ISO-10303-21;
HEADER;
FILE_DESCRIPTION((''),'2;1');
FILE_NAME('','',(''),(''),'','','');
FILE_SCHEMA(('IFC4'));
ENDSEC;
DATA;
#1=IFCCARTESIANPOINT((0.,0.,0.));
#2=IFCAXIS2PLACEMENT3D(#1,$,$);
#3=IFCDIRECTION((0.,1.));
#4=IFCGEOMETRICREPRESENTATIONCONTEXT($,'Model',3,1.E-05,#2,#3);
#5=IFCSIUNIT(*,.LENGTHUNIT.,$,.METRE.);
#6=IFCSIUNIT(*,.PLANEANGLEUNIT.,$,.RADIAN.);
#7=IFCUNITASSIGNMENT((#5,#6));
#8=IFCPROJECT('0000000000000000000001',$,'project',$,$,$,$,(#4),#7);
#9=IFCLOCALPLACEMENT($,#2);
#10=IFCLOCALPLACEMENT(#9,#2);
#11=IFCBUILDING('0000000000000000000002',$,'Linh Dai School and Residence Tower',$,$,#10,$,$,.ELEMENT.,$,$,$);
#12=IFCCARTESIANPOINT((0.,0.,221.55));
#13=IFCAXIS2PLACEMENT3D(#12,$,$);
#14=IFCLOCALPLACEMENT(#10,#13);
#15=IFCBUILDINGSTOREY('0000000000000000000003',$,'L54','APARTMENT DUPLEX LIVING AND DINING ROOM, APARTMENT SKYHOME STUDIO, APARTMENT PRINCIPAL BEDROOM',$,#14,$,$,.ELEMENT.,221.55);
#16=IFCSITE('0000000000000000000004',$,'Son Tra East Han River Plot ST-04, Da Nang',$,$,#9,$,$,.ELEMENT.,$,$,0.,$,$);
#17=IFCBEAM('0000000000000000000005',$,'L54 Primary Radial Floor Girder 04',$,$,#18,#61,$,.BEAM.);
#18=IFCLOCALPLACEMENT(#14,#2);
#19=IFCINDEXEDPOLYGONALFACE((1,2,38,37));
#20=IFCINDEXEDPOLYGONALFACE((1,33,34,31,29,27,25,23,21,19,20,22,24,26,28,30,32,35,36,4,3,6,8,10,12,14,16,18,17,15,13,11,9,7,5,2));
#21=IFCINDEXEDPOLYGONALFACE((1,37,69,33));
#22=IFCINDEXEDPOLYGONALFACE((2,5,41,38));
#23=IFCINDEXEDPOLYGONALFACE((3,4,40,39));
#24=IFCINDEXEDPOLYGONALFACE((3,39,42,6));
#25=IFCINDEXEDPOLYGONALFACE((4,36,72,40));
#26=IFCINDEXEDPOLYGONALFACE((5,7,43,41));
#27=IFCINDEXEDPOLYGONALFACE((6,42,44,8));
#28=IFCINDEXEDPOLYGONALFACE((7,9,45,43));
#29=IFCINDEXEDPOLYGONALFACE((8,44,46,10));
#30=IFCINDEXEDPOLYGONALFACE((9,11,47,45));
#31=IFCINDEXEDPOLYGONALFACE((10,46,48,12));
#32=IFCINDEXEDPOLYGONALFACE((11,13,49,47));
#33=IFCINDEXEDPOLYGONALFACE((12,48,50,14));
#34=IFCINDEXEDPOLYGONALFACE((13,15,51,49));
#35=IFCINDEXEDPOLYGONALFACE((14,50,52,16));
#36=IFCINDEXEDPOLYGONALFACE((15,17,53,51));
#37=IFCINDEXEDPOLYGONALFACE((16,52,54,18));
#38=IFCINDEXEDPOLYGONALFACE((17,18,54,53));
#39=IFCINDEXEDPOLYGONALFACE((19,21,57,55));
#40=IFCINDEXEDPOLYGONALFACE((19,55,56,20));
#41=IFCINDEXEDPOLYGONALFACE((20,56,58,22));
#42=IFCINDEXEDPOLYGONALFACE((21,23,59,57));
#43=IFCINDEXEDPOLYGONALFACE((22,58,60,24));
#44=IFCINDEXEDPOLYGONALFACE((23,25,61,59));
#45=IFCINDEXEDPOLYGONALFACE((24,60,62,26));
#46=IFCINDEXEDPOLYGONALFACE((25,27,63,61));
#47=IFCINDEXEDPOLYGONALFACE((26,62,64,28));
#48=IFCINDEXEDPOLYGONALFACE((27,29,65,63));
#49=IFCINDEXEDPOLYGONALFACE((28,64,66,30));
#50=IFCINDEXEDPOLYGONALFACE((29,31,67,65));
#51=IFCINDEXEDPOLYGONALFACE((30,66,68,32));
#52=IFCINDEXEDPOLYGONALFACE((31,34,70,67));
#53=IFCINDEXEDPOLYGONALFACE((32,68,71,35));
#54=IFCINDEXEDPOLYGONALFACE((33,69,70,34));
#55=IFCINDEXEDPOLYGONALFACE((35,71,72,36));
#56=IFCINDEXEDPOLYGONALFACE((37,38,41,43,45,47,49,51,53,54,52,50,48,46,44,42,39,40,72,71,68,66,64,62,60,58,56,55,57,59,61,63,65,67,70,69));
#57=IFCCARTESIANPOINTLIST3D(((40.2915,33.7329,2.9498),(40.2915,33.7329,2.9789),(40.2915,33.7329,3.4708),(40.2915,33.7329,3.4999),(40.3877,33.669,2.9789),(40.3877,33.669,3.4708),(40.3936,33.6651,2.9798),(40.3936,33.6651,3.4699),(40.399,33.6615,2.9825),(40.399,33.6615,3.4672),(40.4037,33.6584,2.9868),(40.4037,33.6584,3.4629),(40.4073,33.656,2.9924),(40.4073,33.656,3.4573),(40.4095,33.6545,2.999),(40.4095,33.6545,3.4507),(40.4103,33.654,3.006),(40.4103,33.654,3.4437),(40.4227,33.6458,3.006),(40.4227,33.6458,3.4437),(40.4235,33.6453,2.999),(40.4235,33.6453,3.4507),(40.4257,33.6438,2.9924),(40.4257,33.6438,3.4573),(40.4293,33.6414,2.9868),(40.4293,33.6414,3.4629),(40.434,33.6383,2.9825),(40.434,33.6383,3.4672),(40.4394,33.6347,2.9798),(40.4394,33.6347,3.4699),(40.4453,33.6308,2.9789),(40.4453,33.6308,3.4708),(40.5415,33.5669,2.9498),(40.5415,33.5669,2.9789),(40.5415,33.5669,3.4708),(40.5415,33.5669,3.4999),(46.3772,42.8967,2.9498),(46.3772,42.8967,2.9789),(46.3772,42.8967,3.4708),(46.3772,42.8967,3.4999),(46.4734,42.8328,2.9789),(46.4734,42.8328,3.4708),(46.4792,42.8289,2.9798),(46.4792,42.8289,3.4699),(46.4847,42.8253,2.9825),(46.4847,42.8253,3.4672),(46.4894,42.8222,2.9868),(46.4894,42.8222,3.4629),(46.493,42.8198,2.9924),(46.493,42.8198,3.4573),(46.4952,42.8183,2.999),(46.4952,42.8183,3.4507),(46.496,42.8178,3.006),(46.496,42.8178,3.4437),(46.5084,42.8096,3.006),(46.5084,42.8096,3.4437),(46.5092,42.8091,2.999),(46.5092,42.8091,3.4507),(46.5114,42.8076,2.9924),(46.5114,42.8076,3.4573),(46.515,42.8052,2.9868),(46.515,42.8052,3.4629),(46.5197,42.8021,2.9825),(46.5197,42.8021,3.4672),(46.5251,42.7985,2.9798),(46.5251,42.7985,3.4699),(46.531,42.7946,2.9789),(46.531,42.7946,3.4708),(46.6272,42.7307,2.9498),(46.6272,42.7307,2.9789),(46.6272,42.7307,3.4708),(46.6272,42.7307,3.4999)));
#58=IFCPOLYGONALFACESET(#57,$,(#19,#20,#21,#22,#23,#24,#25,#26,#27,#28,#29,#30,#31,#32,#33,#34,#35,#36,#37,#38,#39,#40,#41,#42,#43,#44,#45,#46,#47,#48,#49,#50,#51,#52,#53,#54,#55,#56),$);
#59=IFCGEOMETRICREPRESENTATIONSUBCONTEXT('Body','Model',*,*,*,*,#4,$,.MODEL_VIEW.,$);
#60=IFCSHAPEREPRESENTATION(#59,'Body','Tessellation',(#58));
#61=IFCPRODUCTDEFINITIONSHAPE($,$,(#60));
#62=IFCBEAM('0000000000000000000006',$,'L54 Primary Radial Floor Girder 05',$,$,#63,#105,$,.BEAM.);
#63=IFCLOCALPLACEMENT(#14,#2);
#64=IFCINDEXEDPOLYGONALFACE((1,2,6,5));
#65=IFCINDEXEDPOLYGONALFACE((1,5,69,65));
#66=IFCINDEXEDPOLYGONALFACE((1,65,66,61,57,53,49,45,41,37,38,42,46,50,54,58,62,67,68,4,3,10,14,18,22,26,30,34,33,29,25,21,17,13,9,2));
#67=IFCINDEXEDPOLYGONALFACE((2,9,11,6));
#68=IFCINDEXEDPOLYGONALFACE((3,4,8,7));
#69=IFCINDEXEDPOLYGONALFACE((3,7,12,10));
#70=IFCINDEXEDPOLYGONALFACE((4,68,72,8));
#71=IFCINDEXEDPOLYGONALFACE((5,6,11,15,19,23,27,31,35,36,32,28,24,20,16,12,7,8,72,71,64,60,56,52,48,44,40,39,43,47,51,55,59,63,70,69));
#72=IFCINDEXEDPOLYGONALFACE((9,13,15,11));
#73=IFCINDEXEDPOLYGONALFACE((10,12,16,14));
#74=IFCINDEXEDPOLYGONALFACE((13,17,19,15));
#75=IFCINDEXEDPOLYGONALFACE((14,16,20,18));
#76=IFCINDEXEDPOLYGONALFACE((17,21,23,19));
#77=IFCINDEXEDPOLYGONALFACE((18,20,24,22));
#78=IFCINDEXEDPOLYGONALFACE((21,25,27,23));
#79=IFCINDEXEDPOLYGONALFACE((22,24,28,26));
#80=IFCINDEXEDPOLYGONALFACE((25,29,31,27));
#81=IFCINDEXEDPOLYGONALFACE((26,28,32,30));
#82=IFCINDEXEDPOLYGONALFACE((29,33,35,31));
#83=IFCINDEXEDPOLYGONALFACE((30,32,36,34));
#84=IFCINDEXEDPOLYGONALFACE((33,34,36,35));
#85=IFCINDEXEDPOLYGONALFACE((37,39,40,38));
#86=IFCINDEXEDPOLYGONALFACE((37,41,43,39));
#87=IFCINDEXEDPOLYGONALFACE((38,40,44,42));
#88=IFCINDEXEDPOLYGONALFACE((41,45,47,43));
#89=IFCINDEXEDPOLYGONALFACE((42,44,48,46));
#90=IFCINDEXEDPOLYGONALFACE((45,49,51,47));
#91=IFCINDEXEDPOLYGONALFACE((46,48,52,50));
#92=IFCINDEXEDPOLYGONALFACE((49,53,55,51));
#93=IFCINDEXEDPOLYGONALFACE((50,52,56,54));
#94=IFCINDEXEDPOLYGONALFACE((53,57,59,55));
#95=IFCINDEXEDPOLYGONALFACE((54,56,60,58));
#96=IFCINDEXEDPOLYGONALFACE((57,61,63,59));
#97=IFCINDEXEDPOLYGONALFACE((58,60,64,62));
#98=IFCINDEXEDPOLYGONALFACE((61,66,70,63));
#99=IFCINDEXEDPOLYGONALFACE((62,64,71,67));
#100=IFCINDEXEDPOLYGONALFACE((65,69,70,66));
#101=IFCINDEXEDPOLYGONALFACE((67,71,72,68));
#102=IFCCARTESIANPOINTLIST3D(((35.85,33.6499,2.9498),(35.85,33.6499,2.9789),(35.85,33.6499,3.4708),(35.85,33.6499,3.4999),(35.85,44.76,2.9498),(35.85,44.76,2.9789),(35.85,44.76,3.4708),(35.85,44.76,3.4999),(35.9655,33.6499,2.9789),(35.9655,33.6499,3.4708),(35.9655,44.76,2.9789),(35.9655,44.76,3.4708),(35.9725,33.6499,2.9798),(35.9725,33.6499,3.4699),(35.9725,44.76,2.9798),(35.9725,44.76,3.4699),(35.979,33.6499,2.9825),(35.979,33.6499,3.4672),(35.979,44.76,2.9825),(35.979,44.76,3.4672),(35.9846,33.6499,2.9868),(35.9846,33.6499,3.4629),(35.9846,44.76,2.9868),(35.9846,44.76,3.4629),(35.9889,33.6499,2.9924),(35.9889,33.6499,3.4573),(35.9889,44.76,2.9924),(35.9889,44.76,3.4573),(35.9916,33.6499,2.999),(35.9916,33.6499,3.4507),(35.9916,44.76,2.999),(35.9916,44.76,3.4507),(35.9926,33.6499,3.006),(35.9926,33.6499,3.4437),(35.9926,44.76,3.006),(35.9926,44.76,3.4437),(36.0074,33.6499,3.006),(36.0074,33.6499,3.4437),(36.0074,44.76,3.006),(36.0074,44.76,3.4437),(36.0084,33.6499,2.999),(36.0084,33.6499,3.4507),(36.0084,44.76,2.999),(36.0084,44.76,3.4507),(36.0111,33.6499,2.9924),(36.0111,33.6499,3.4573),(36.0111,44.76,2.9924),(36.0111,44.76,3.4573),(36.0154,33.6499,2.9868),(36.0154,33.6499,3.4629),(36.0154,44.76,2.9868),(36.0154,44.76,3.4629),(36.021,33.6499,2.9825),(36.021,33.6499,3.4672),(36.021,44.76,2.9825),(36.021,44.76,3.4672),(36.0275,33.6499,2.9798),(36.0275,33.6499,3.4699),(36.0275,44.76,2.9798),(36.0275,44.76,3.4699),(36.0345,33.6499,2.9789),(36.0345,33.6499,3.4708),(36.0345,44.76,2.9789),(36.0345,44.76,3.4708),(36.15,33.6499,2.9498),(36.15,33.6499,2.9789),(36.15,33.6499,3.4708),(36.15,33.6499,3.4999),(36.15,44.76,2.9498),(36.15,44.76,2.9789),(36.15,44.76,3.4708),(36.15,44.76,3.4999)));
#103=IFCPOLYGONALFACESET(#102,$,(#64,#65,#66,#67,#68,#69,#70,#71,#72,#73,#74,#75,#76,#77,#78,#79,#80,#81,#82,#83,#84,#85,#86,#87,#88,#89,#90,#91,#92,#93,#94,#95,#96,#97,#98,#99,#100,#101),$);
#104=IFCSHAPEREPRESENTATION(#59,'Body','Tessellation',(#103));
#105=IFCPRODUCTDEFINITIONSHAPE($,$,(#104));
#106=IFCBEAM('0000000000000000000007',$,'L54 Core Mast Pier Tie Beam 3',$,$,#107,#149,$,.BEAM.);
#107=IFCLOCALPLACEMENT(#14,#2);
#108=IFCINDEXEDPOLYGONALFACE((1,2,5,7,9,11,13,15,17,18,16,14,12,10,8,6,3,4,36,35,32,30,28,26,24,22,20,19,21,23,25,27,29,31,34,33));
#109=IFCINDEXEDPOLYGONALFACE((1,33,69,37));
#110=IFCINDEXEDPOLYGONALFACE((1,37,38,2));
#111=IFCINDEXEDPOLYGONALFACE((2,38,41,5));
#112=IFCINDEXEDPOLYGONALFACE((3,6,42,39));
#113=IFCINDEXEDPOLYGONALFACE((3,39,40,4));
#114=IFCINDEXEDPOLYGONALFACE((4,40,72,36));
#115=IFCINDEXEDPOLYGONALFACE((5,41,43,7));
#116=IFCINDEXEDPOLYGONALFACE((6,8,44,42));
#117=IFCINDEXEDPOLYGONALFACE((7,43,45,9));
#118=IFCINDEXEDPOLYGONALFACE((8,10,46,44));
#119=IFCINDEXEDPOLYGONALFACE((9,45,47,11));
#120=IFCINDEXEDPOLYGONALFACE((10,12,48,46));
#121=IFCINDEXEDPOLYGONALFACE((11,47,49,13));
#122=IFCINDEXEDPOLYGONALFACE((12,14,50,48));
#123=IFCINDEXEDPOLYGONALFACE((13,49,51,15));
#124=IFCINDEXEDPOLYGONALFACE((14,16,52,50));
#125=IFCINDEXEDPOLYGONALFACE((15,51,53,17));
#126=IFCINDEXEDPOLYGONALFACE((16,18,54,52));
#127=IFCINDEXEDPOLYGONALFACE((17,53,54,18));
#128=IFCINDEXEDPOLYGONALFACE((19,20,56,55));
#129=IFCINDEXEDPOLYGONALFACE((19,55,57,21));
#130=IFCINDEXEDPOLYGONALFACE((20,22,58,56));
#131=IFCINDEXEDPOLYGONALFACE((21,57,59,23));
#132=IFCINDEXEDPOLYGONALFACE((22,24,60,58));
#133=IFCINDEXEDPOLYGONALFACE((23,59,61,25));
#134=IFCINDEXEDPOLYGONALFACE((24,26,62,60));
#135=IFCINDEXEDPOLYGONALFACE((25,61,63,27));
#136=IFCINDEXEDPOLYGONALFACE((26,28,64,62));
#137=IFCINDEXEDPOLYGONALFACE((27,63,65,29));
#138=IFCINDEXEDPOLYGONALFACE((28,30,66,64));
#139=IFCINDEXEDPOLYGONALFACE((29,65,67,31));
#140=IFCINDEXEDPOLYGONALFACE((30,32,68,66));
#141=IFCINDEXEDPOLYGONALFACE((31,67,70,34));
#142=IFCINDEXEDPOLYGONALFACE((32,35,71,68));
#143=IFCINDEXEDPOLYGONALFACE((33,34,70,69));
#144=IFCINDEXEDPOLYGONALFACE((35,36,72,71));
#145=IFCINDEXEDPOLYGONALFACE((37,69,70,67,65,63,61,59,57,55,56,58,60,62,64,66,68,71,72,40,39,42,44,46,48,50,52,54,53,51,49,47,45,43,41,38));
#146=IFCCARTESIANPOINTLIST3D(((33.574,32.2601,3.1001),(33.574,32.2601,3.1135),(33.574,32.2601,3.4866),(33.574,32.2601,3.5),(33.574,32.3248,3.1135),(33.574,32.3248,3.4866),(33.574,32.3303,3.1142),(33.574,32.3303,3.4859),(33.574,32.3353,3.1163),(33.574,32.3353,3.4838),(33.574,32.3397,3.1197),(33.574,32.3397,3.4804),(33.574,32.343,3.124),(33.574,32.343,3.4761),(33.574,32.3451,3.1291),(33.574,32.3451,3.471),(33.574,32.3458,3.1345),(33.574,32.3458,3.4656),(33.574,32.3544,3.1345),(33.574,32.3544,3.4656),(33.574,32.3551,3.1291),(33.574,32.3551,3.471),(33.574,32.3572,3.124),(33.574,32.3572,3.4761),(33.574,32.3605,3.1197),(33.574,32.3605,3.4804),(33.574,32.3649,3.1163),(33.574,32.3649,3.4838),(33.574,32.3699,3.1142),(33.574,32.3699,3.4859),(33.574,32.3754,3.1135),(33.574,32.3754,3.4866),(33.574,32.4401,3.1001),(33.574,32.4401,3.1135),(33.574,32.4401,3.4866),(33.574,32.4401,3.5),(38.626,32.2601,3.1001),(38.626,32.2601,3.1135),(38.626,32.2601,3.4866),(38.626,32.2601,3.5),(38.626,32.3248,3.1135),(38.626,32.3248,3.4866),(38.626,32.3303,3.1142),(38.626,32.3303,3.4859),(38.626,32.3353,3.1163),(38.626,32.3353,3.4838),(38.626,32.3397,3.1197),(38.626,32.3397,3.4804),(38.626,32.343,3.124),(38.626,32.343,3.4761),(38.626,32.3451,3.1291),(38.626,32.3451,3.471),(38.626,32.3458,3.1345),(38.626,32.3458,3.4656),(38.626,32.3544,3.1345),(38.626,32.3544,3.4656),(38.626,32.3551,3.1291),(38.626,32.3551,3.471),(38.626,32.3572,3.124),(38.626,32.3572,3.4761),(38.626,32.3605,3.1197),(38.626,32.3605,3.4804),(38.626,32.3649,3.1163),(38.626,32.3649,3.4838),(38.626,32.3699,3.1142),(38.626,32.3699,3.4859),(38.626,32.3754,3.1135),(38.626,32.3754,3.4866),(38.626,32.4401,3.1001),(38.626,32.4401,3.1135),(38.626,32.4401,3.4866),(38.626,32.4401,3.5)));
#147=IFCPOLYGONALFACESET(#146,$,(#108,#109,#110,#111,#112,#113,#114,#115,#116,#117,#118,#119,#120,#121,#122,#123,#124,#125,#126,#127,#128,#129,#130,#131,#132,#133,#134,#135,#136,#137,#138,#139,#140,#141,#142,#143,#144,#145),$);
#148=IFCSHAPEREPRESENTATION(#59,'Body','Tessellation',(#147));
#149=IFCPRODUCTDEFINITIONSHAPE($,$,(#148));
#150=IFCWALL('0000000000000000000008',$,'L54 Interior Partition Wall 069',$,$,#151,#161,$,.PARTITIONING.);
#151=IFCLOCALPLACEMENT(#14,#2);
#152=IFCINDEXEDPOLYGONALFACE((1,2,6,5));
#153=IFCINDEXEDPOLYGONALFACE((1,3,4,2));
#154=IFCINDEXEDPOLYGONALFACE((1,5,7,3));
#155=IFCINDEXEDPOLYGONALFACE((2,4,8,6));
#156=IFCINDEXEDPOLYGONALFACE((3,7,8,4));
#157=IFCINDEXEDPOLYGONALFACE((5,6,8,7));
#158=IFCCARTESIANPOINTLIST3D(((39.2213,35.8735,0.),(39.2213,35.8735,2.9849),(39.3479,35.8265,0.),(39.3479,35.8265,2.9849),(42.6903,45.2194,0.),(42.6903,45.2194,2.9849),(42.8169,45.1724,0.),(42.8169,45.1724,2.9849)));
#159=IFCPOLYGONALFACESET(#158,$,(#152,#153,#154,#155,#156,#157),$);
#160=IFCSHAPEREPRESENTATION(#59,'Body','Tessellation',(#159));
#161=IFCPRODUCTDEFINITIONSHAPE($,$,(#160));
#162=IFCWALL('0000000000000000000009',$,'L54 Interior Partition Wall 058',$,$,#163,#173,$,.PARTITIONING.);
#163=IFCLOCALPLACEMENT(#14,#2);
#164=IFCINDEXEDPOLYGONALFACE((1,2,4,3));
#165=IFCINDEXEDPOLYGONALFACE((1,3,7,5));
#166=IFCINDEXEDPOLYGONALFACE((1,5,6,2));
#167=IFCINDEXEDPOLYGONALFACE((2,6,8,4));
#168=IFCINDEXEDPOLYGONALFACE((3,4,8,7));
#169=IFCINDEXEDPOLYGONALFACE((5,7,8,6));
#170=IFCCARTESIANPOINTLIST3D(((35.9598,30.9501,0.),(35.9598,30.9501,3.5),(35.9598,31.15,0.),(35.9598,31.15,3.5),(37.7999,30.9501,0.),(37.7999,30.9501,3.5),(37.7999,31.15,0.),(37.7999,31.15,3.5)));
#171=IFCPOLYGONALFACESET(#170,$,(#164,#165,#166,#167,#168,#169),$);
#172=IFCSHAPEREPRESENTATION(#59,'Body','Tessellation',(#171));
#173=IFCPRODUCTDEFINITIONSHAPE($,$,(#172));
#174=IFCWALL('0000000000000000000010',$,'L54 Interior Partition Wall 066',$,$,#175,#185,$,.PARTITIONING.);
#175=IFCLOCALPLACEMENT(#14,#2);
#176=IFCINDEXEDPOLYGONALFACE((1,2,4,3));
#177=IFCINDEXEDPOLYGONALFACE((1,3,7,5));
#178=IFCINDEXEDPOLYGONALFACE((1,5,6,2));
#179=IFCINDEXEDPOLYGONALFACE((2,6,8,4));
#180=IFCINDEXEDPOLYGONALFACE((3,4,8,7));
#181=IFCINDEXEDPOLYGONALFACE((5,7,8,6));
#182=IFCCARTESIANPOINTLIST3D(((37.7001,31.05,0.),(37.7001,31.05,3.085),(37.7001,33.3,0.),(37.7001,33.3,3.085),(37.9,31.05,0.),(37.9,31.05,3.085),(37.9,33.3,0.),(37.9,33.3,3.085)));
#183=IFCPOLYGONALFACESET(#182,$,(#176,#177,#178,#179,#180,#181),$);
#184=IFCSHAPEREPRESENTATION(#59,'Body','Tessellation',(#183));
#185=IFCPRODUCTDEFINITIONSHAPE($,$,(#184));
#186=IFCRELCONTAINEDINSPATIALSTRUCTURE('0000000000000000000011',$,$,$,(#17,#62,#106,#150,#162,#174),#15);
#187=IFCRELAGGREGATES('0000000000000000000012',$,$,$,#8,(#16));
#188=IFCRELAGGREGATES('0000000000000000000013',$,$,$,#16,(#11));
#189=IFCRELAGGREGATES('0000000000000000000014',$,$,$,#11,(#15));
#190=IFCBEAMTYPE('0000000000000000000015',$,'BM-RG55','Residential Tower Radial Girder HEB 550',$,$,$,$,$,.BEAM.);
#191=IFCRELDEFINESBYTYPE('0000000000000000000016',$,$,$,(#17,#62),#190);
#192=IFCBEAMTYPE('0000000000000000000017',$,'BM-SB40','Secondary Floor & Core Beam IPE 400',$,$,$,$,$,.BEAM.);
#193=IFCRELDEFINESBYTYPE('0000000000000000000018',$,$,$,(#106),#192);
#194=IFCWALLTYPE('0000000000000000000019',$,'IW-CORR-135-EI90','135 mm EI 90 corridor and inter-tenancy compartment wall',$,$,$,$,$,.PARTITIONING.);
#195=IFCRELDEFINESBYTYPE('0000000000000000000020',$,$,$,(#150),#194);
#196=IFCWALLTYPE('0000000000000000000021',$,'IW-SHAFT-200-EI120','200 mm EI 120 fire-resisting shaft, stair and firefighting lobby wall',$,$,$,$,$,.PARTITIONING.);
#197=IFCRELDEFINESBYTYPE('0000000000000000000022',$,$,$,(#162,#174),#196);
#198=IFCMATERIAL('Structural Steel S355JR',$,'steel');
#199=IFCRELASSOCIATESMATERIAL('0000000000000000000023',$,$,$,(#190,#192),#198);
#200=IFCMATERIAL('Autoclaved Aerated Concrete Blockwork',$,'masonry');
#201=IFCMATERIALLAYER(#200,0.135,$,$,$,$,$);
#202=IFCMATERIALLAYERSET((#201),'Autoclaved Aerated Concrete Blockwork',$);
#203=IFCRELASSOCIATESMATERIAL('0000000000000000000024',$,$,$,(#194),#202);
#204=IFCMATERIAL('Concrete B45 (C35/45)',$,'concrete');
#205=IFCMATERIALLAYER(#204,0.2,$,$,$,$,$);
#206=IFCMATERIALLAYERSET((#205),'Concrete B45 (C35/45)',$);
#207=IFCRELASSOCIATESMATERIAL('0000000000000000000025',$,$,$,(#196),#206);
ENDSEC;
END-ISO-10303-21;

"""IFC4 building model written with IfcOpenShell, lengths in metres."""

from ifc_helpers import new_model, si_unit, direction, frame, frame_2d, origin, origin_2d, place, context, subcontext, project, spatial, rectangle, i_section, extrude, material, layer, layer_set, material_profile, profile_set, type_object, element, save


model = new_model("IFC4")

# Units and contexts
model_context = context("Model", 3, precision=1e-05, world=origin(), true_north=direction((0.0, 1.0)))
body_context = subcontext(model_context, "Body", "Model", "MODEL_VIEW")
ifc_project = project(units=[si_unit("LENGTHUNIT", "METRE"), si_unit("PLANEANGLEUNIT", "RADIAN")], contexts=[model_context])

# Site, building, storey
site_placement = place(None, origin())
site = spatial("IfcSite", under=ifc_project, at=site_placement, Name="Son Tra East Han River Plot ST-04, Da Nang", CompositionType="ELEMENT", RefElevation=0.0)
building_placement = place(site_placement, origin())
building = spatial("IfcBuilding", under=site, at=building_placement, Name="Linh Dai School and Residence Tower", CompositionType="ELEMENT")
storey_placement = place(building_placement, frame((0.0, 0.0, 221.55)))
storey = spatial("IfcBuildingStorey", under=building, at=storey_placement, Name="L54", Description="APARTMENT DUPLEX LIVING AND DINING ROOM, APARTMENT SKYHOME STUDIO, APARTMENT PRINCIPAL BEDROOM", CompositionType="ELEMENT", Elevation=221.55)

# Shared definitions
ifc_material_1 = material(Name="Structural Steel S355JR", Category="steel")

# Beams
ifc_material_profile_1 = material_profile(ifc_material_1, i_section(OverallWidth=0.3, OverallDepth=0.55, WebThickness=0.0149, FlangeThickness=0.0291, FilletRadius=0.0271, at=origin_2d()), Name="HEB 550")
ifc_profile_set_1 = profile_set([ifc_material_profile_1], Name="Structural Steel S355JR")
beam_type_1 = type_object("IfcBeamType", Name="BM-RG55", Description="Residential Tower Radial Girder HEB 550", PredefinedType="BEAM", material=ifc_profile_set_1)
beam_1_placement = place(storey_placement, frame((40.4165, 33.6499, 3.2249), z_axis=(0.553219, 0.833036, 0.0), x_axis=(-0.833036, 0.553219, 0.0)))
element("IfcBeam", 1, at=beam_1_placement, inside=storey, type_object=beam_type_1, Name="L54 Primary Radial Floor Girder 04", PredefinedType="BEAM", context=body_context, shape_type="SweptSolid", body=[
    extrude(i_section(OverallWidth=0.3, OverallDepth=0.55, WebThickness=0.0149, FlangeThickness=0.0291, FilletRadius=0.0271, at=origin_2d()), origin(), (0.0, 0.0, 1.0), 11.0005),
])
beam_2_placement = place(storey_placement, frame((36.0, 33.6499, 3.2249), z_axis=(0.0, 1.0, 0.0), x_axis=(-1.0, 0.0, 0.0)))
element("IfcBeam", 2, at=beam_2_placement, inside=storey, type_object=beam_type_1, Name="L54 Primary Radial Floor Girder 05", PredefinedType="BEAM", context=body_context, shape_type="SweptSolid", body=[
    extrude(i_section(OverallWidth=0.3, OverallDepth=0.55, WebThickness=0.0149, FlangeThickness=0.0291, FilletRadius=0.0271, at=origin_2d()), origin(), (0.0, 0.0, 1.0), 11.1101),
])
ifc_material_profile_2 = material_profile(ifc_material_1, i_section(OverallWidth=0.1799, OverallDepth=0.3999, WebThickness=0.0085, FlangeThickness=0.0134, FilletRadius=0.021, at=origin_2d()), Name="IPE 400")
ifc_profile_set_2 = profile_set([ifc_material_profile_2], Name="Structural Steel S355JR")
beam_type_2 = type_object("IfcBeamType", Name="BM-SB40", Description="Secondary Floor & Core Beam IPE 400", PredefinedType="BEAM", material=ifc_profile_set_2)
beam_3_placement = place(storey_placement, frame((38.626, 32.3501, 3.3), z_axis=(-1.0, 0.0, 0.0), x_axis=(0.0, -1.0, 0.0)))
element("IfcBeam", 3, at=beam_3_placement, inside=storey, type_object=beam_type_2, Name="L54 Core Mast Pier Tie Beam 3", PredefinedType="BEAM", context=body_context, shape_type="SweptSolid", body=[
    extrude(i_section(OverallWidth=0.1799, OverallDepth=0.3999, WebThickness=0.0085, FlangeThickness=0.0134, FilletRadius=0.021, at=origin_2d()), origin(), (0.0, 0.0, 1.0), 5.052),
])

# Wall
ifc_material_2 = material(Name="Autoclaved Aerated Concrete Blockwork", Category="masonry")
ifc_layer_1 = layer(ifc_material_2, 0.135)
ifc_layer_set_1 = layer_set([ifc_layer_1], Name="Autoclaved Aerated Concrete Blockwork")
wall_type_1 = type_object("IfcWallType", Name="IW-CORR-135-EI90", Description="135 mm EI 90 corridor and inter-tenancy compartment wall", PredefinedType="PARTITIONING", material=ifc_layer_set_1)
wall_1_placement = place(storey_placement, frame((39.2847, 35.8501, 0.0), z_axis=(0.0, 0.0, 1.0), x_axis=(0.347979, 0.937502, 0.0)))
element("IfcWall", 4, at=wall_1_placement, inside=storey, type_object=wall_type_1, Name="L54 Interior Partition Wall 069", PredefinedType="PARTITIONING", context=body_context, shape_type="SweptSolid", body=[
    extrude(rectangle(XDim=9.969, YDim=0.135, at=frame_2d((4.9844, 0.0))), origin(), (0.0, 0.0, 1.0), 2.9849),
])

# Shared definitions
ifc_material_3 = material(Name="Concrete B45 (C35/45)", Category="concrete")
ifc_layer_2 = layer(ifc_material_3, 0.2)
ifc_layer_set_2 = layer_set([ifc_layer_2], Name="Concrete B45 (C35/45)")
wall_type_2 = type_object("IfcWallType", Name="IW-SHAFT-200-EI120", Description="200 mm EI 120 fire-resisting shaft, stair and firefighting lobby wall", PredefinedType="PARTITIONING", material=ifc_layer_set_2)

# Walls
wall_2_placement = place(storey_placement, frame((35.96, 31.05, 0.0), z_axis=(0.0, 0.0, 1.0), x_axis=(1.0, 0.0, 0.0)))
element("IfcWall", 5, at=wall_2_placement, inside=storey, type_object=wall_type_2, Name="L54 Interior Partition Wall 058", PredefinedType="PARTITIONING", context=body_context, shape_type="SweptSolid", body=[
    extrude(rectangle(XDim=1.8401, YDim=0.2, at=frame_2d((0.9199, 0.0))), origin(), (0.0, 0.0, 1.0), 3.5),
])
wall_3_placement = place(storey_placement, frame((37.8, 31.05, 0.0), z_axis=(0.0, 0.0, 1.0), x_axis=(0.0, 1.0, 0.0)))
element("IfcWall", 6, at=wall_3_placement, inside=storey, type_object=wall_type_2, Name="L54 Interior Partition Wall 066", PredefinedType="PARTITIONING", context=body_context, shape_type="SweptSolid", body=[
    extrude(rectangle(XDim=2.25, YDim=0.2, at=frame_2d((1.125, 0.0))), origin(), (0.0, 0.0, 1.0), 3.085),
])

save(model, "model.ifc")
